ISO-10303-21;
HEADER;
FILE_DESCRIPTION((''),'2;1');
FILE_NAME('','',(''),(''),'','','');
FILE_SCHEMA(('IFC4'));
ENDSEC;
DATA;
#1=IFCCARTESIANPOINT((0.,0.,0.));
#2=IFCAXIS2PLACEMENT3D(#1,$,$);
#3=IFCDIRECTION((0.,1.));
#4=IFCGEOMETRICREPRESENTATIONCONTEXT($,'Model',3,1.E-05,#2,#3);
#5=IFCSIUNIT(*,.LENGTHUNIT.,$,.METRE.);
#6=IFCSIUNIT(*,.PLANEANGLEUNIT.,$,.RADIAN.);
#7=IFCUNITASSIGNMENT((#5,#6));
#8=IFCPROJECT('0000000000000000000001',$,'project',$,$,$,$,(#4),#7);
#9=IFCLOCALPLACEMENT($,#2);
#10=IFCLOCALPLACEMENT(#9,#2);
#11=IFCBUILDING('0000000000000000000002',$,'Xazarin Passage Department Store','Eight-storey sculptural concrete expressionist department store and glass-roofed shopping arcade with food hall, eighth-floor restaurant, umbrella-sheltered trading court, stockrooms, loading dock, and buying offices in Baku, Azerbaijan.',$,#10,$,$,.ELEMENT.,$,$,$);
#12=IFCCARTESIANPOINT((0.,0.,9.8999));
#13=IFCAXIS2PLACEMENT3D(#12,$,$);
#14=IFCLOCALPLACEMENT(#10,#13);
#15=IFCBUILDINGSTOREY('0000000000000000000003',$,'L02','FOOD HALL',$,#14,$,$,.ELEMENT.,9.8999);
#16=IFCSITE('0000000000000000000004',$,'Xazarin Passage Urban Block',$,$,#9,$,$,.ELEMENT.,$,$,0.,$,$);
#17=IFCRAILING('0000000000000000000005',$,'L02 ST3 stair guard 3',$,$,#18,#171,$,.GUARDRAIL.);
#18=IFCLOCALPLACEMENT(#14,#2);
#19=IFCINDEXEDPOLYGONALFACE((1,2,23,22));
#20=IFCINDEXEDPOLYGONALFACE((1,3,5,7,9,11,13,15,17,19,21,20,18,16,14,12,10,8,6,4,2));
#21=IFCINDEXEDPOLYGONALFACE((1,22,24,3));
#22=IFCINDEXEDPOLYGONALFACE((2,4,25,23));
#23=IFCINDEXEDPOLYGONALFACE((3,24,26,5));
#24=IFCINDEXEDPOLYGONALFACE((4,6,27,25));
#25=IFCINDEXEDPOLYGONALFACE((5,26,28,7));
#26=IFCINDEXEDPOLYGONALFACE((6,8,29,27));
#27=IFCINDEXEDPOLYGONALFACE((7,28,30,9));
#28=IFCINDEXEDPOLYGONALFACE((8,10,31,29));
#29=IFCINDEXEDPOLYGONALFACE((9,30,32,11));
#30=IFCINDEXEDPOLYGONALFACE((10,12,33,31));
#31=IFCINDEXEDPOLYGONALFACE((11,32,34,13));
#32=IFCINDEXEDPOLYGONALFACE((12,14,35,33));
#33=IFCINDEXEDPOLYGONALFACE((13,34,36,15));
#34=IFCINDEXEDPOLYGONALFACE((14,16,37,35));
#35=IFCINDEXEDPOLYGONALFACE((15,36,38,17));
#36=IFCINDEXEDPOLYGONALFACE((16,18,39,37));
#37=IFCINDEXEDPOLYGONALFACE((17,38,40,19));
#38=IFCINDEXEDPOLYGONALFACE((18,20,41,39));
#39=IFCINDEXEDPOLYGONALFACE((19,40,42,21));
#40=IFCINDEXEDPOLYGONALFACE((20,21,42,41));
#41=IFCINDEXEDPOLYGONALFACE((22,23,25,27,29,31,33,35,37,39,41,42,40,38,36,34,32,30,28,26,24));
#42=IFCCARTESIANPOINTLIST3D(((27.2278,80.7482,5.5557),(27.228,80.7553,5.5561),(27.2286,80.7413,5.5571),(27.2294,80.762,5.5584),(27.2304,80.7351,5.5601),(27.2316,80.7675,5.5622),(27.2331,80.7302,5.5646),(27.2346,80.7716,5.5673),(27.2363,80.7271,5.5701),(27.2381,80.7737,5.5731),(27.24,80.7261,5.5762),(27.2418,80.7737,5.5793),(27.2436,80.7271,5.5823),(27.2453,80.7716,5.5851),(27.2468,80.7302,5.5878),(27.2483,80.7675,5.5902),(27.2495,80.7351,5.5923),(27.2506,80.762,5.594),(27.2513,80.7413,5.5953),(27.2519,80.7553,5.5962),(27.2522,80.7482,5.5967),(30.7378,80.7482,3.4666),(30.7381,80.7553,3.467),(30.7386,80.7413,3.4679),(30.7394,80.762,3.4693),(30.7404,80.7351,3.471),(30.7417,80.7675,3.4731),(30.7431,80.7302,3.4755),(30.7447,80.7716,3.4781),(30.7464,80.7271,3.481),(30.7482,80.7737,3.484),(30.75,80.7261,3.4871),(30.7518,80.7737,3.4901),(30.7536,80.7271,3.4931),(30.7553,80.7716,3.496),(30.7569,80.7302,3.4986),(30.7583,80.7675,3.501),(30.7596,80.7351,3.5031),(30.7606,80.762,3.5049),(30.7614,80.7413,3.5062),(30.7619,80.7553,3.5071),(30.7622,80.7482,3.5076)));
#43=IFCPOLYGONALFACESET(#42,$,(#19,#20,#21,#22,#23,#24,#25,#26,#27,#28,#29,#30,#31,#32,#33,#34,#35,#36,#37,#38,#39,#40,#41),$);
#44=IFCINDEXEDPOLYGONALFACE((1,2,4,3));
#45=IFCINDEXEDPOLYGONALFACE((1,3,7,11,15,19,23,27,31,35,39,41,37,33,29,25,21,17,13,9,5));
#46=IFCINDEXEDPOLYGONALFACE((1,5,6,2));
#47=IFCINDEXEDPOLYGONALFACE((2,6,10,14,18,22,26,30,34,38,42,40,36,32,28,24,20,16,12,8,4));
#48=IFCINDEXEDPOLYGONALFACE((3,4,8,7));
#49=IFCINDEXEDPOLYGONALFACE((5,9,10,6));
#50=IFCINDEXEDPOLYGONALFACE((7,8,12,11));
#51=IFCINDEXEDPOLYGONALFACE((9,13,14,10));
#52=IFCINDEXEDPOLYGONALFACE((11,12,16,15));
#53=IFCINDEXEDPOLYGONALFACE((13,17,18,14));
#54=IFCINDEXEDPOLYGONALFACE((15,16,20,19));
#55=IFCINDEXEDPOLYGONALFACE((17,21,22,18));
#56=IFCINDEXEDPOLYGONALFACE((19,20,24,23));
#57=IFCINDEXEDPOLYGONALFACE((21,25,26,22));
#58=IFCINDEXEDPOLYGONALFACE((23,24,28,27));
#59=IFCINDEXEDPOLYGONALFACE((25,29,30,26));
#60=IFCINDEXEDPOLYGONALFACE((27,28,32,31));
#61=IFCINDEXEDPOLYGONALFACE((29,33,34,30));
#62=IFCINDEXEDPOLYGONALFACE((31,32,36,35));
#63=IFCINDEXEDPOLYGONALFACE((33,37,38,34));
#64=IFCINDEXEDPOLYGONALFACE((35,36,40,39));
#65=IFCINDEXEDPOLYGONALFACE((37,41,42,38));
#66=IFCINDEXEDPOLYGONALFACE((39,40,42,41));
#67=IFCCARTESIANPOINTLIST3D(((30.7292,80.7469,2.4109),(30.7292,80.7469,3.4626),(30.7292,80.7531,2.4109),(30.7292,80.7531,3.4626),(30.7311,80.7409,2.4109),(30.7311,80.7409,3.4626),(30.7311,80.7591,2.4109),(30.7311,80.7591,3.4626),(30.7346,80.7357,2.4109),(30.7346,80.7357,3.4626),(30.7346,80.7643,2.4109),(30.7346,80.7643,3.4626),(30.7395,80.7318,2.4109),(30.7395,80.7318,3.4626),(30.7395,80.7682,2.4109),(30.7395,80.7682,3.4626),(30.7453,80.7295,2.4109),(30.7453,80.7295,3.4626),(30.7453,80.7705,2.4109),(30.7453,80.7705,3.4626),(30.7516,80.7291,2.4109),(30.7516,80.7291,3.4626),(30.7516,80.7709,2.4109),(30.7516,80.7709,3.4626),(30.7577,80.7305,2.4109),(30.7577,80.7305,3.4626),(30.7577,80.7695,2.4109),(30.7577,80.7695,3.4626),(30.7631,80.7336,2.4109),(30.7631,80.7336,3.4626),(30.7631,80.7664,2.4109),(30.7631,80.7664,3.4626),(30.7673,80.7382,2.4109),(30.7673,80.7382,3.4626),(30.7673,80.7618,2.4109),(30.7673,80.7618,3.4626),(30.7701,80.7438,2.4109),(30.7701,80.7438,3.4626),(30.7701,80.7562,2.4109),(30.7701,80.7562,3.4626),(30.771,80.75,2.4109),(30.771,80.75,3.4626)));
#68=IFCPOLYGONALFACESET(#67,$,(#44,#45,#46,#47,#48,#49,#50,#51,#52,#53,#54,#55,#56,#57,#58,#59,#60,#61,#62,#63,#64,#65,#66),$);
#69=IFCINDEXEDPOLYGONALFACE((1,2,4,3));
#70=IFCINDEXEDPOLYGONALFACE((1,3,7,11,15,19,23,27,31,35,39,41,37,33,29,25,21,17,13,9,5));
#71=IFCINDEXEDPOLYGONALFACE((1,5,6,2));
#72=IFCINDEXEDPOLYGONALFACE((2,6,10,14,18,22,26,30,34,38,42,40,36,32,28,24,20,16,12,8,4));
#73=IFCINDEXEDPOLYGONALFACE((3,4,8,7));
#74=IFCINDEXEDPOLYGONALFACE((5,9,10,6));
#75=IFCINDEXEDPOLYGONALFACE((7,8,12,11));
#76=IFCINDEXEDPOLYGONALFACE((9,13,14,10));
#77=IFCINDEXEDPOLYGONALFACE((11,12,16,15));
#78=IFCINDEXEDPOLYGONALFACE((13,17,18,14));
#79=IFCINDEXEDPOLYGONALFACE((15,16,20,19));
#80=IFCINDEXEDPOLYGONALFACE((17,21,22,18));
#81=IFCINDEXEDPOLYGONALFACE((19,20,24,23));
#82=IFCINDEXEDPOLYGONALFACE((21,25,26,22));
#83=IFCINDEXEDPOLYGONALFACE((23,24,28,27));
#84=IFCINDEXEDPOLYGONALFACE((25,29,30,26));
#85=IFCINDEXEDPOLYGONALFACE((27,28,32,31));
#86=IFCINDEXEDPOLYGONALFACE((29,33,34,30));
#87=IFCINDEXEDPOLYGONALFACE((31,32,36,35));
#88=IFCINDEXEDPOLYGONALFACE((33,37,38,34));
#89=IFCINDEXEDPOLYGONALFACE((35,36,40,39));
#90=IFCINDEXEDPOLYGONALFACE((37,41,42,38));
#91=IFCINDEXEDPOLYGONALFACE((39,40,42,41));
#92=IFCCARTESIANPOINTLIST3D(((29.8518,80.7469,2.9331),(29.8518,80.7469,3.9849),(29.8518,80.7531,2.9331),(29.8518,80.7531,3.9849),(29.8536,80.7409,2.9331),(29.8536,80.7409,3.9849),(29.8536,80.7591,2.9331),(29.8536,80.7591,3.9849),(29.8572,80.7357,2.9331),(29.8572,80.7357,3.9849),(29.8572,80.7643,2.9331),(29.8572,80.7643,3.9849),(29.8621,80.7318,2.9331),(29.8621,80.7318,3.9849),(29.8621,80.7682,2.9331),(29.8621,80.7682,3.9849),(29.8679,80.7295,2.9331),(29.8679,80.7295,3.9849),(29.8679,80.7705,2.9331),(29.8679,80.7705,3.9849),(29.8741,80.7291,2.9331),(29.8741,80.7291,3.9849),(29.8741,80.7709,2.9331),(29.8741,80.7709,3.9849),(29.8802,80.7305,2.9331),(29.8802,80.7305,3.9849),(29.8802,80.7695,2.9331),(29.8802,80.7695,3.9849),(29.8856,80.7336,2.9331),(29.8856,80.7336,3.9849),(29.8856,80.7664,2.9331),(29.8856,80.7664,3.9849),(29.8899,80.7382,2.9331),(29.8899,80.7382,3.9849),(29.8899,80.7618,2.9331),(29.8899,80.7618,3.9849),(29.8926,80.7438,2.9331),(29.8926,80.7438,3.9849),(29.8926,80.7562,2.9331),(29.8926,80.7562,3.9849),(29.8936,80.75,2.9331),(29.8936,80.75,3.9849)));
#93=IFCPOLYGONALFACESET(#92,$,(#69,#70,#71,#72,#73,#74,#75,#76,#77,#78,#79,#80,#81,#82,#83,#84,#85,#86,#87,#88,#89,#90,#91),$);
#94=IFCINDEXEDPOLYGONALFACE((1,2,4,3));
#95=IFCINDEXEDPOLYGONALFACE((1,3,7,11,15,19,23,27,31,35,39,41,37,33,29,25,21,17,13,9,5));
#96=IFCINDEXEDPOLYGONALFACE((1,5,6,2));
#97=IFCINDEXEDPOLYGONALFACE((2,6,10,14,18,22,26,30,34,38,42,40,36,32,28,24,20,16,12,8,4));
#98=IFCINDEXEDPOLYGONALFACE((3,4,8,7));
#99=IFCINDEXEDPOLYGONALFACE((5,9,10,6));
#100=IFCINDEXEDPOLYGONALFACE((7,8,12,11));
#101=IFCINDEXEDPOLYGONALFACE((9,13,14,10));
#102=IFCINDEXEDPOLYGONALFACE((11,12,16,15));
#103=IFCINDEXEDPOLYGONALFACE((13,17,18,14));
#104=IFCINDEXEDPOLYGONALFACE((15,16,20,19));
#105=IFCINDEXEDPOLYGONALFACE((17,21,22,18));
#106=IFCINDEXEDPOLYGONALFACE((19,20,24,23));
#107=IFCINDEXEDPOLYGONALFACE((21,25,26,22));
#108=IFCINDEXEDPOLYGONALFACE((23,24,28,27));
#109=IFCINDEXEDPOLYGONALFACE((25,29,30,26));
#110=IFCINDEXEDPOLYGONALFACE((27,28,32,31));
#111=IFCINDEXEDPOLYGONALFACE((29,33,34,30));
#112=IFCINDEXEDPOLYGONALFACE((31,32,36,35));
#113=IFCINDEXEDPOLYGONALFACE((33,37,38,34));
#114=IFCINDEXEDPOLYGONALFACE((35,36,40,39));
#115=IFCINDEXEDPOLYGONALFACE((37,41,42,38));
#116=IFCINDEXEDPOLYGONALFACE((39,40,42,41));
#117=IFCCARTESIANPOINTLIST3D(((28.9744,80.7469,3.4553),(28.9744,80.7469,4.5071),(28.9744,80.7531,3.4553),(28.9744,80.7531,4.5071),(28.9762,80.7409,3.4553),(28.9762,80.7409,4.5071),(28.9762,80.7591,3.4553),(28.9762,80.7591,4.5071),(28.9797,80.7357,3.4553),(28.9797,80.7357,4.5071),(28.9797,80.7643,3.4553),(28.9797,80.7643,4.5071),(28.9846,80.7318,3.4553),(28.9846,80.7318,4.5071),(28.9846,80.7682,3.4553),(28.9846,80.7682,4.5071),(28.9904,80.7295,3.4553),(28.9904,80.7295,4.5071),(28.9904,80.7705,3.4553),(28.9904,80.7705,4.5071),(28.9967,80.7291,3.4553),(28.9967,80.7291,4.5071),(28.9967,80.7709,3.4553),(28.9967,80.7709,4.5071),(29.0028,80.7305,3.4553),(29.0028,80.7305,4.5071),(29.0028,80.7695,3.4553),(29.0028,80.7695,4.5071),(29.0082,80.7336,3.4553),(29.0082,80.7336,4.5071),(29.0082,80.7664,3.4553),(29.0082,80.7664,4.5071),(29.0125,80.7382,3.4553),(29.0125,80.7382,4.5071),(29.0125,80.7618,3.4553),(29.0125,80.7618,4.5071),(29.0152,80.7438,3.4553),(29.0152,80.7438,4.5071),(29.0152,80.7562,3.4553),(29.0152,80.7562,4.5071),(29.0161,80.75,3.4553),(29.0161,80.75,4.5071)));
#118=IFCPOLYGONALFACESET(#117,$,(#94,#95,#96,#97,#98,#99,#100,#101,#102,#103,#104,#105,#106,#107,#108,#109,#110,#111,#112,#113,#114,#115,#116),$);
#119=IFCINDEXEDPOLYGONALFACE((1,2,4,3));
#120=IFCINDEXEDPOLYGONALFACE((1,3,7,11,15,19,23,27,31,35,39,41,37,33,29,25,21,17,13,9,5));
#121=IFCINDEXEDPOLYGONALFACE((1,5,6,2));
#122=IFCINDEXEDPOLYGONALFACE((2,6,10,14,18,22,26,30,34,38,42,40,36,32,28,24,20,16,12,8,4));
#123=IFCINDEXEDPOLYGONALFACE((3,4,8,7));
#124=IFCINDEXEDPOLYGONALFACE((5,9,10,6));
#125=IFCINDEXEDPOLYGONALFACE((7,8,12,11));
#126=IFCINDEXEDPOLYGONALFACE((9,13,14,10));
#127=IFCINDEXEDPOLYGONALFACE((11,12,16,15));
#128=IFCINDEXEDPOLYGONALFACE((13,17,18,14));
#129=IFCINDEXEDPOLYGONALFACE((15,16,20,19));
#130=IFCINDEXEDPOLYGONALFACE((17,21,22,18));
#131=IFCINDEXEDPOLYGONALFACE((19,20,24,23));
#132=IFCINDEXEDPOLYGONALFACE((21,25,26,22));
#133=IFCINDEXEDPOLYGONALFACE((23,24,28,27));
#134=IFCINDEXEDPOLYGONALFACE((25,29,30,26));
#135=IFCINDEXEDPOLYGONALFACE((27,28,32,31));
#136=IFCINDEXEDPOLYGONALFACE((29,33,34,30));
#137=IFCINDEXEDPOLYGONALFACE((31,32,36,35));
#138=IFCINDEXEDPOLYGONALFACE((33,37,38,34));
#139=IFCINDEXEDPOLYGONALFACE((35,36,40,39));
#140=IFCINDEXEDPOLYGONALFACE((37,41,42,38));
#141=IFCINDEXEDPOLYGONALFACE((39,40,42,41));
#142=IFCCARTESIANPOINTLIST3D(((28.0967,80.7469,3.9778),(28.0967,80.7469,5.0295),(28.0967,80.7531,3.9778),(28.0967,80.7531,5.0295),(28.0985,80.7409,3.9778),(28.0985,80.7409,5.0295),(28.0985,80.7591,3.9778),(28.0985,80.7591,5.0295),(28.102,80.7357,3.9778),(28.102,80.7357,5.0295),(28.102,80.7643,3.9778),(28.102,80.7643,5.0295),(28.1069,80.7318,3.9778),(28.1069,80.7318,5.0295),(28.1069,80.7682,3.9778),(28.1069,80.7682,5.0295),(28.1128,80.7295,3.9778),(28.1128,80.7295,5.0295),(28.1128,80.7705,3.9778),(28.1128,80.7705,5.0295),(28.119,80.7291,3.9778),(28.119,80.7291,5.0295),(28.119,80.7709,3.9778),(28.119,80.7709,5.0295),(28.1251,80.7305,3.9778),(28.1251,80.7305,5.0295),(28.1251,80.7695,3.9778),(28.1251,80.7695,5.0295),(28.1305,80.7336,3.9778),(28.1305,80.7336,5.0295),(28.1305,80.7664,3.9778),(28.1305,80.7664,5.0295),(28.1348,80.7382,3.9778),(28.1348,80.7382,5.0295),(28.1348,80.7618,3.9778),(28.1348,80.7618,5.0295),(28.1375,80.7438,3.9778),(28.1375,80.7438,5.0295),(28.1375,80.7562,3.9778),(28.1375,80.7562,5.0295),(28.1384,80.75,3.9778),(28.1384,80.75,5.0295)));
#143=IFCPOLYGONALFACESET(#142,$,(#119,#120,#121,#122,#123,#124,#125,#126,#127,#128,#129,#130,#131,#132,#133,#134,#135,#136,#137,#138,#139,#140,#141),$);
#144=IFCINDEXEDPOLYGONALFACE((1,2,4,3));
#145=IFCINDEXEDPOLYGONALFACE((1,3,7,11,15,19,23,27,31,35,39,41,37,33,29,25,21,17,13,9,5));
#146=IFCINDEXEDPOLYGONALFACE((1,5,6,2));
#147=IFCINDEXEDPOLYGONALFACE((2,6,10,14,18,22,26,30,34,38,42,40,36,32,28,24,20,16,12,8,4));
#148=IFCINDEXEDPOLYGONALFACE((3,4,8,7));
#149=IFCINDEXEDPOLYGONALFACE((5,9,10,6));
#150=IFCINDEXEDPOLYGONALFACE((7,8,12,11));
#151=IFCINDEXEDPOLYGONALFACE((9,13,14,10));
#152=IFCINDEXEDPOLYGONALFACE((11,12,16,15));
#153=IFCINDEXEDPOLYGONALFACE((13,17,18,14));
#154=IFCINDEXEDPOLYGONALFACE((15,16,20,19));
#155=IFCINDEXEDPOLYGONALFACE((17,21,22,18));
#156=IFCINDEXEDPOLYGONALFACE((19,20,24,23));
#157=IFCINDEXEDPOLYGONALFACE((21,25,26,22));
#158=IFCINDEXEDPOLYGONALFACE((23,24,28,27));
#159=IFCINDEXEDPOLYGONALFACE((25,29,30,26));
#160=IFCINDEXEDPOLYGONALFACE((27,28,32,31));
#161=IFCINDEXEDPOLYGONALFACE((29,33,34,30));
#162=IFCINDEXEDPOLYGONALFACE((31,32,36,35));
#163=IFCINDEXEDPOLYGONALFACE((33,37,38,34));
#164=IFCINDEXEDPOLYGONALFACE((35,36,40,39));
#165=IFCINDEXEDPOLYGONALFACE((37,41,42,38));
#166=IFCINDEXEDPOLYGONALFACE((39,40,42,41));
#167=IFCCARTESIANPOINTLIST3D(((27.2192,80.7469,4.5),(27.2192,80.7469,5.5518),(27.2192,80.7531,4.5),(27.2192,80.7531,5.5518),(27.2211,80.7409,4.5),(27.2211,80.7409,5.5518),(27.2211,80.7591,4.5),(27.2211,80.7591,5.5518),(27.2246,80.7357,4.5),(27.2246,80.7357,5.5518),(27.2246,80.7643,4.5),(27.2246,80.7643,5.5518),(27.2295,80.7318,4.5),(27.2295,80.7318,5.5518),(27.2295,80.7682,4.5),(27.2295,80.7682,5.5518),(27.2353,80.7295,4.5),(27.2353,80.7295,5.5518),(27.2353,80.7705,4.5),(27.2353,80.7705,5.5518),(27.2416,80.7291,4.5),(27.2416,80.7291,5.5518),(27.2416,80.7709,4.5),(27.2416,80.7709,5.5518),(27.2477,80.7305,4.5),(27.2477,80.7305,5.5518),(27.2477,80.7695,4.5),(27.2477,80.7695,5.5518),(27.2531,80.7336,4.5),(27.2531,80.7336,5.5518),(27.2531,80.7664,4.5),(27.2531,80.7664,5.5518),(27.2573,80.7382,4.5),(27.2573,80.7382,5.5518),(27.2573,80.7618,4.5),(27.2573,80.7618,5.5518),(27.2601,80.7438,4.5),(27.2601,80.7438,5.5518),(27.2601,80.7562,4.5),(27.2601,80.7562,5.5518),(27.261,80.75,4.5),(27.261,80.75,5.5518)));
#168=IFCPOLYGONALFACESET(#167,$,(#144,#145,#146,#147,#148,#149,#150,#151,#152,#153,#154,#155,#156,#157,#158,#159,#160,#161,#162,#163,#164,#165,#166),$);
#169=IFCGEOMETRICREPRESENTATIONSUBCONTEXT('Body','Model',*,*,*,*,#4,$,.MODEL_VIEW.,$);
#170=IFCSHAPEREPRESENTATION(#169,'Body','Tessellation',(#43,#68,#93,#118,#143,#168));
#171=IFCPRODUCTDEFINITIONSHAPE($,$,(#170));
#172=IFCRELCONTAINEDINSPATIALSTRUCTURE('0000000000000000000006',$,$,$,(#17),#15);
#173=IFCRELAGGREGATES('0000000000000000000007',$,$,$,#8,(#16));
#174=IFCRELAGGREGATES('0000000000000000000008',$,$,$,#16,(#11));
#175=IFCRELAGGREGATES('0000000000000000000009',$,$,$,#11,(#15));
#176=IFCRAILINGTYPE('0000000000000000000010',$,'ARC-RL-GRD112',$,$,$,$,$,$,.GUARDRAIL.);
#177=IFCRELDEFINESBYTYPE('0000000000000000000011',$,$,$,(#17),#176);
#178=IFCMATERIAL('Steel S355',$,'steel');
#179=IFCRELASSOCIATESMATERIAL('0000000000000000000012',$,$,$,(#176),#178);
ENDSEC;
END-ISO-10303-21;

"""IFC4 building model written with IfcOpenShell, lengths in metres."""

from ifc_helpers import new_model, si_unit, direction, frame, origin, origin_2d, place, context, subcontext, project, spatial, circle, extrude, material, type_object, element, save


model = new_model("IFC4")

# Units and contexts
model_context = context("Model", 3, precision=1e-05, world=origin(), true_north=direction((0.0, 1.0)))
body_context = subcontext(model_context, "Body", "Model", "MODEL_VIEW")
ifc_project = project(units=[si_unit("LENGTHUNIT", "METRE"), si_unit("PLANEANGLEUNIT", "RADIAN")], contexts=[model_context])

# Site, building, storey
site_placement = place(None, origin())
site = spatial("IfcSite", under=ifc_project, at=site_placement, Name="Xazarin Passage Urban Block", CompositionType="ELEMENT", RefElevation=0.0)
building_placement = place(site_placement, origin())
building = spatial("IfcBuilding", under=site, at=building_placement, Name="Xazarin Passage Department Store", Description="Eight-storey sculptural concrete expressionist department store and glass-roofed shopping arcade with food hall, eighth-floor restaurant, umbrella-sheltered trading court, stockrooms, loading dock, and buying offices in Baku, Azerbaijan.", CompositionType="ELEMENT")
storey_placement = place(building_placement, frame((0.0, 0.0, 9.8999)))
storey = spatial("IfcBuildingStorey", under=building, at=storey_placement, Name="L02", Description="FOOD HALL", CompositionType="ELEMENT", Elevation=9.8999)

# Shared definitions
ifc_material_1 = material(Name="Steel S355", Category="steel")

# Railing
railing_type_1 = type_object("IfcRailingType", Name="ARC-RL-GRD112", PredefinedType="GUARDRAIL", material=ifc_material_1)
railing_1_placement = place(storey_placement, frame((30.75, 80.75, 2.4109)))
element("IfcRailing", 1, at=railing_1_placement, inside=storey, type_object=railing_type_1, Name="L02 ST3 stair guard 3", PredefinedType="GUARDRAIL", context=body_context, shape_type="SweptSolid", body=[
    extrude(circle(Radius=0.0239, at=origin_2d()), frame((0.0, 0.0, 1.0762), z_axis=(-0.859312, 0.0, 0.511451), x_axis=(0.0, -1.0, 0.0)), (0.0, 0.0, 1.0), 4.0847),
    extrude(circle(Radius=0.021, at=origin_2d()), origin(), (0.0, 0.0, 1.0), 1.0518),
    extrude(circle(Radius=0.021, at=origin_2d()), frame((-0.8774, 0.0, 0.5222)), (0.0, 0.0, 1.0), 1.0518),
    extrude(circle(Radius=0.021, at=origin_2d()), frame((-1.7549, 0.0, 1.0444)), (0.0, 0.0, 1.0), 1.0518),
    extrude(circle(Radius=0.021, at=origin_2d()), frame((-2.6326, 0.0, 1.5669)), (0.0, 0.0, 1.0), 1.0518),
    extrude(circle(Radius=0.021, at=origin_2d()), frame((-3.51, 0.0, 2.0891)), (0.0, 0.0, 1.0), 1.0518),
])

save(model, "model.ifc")
